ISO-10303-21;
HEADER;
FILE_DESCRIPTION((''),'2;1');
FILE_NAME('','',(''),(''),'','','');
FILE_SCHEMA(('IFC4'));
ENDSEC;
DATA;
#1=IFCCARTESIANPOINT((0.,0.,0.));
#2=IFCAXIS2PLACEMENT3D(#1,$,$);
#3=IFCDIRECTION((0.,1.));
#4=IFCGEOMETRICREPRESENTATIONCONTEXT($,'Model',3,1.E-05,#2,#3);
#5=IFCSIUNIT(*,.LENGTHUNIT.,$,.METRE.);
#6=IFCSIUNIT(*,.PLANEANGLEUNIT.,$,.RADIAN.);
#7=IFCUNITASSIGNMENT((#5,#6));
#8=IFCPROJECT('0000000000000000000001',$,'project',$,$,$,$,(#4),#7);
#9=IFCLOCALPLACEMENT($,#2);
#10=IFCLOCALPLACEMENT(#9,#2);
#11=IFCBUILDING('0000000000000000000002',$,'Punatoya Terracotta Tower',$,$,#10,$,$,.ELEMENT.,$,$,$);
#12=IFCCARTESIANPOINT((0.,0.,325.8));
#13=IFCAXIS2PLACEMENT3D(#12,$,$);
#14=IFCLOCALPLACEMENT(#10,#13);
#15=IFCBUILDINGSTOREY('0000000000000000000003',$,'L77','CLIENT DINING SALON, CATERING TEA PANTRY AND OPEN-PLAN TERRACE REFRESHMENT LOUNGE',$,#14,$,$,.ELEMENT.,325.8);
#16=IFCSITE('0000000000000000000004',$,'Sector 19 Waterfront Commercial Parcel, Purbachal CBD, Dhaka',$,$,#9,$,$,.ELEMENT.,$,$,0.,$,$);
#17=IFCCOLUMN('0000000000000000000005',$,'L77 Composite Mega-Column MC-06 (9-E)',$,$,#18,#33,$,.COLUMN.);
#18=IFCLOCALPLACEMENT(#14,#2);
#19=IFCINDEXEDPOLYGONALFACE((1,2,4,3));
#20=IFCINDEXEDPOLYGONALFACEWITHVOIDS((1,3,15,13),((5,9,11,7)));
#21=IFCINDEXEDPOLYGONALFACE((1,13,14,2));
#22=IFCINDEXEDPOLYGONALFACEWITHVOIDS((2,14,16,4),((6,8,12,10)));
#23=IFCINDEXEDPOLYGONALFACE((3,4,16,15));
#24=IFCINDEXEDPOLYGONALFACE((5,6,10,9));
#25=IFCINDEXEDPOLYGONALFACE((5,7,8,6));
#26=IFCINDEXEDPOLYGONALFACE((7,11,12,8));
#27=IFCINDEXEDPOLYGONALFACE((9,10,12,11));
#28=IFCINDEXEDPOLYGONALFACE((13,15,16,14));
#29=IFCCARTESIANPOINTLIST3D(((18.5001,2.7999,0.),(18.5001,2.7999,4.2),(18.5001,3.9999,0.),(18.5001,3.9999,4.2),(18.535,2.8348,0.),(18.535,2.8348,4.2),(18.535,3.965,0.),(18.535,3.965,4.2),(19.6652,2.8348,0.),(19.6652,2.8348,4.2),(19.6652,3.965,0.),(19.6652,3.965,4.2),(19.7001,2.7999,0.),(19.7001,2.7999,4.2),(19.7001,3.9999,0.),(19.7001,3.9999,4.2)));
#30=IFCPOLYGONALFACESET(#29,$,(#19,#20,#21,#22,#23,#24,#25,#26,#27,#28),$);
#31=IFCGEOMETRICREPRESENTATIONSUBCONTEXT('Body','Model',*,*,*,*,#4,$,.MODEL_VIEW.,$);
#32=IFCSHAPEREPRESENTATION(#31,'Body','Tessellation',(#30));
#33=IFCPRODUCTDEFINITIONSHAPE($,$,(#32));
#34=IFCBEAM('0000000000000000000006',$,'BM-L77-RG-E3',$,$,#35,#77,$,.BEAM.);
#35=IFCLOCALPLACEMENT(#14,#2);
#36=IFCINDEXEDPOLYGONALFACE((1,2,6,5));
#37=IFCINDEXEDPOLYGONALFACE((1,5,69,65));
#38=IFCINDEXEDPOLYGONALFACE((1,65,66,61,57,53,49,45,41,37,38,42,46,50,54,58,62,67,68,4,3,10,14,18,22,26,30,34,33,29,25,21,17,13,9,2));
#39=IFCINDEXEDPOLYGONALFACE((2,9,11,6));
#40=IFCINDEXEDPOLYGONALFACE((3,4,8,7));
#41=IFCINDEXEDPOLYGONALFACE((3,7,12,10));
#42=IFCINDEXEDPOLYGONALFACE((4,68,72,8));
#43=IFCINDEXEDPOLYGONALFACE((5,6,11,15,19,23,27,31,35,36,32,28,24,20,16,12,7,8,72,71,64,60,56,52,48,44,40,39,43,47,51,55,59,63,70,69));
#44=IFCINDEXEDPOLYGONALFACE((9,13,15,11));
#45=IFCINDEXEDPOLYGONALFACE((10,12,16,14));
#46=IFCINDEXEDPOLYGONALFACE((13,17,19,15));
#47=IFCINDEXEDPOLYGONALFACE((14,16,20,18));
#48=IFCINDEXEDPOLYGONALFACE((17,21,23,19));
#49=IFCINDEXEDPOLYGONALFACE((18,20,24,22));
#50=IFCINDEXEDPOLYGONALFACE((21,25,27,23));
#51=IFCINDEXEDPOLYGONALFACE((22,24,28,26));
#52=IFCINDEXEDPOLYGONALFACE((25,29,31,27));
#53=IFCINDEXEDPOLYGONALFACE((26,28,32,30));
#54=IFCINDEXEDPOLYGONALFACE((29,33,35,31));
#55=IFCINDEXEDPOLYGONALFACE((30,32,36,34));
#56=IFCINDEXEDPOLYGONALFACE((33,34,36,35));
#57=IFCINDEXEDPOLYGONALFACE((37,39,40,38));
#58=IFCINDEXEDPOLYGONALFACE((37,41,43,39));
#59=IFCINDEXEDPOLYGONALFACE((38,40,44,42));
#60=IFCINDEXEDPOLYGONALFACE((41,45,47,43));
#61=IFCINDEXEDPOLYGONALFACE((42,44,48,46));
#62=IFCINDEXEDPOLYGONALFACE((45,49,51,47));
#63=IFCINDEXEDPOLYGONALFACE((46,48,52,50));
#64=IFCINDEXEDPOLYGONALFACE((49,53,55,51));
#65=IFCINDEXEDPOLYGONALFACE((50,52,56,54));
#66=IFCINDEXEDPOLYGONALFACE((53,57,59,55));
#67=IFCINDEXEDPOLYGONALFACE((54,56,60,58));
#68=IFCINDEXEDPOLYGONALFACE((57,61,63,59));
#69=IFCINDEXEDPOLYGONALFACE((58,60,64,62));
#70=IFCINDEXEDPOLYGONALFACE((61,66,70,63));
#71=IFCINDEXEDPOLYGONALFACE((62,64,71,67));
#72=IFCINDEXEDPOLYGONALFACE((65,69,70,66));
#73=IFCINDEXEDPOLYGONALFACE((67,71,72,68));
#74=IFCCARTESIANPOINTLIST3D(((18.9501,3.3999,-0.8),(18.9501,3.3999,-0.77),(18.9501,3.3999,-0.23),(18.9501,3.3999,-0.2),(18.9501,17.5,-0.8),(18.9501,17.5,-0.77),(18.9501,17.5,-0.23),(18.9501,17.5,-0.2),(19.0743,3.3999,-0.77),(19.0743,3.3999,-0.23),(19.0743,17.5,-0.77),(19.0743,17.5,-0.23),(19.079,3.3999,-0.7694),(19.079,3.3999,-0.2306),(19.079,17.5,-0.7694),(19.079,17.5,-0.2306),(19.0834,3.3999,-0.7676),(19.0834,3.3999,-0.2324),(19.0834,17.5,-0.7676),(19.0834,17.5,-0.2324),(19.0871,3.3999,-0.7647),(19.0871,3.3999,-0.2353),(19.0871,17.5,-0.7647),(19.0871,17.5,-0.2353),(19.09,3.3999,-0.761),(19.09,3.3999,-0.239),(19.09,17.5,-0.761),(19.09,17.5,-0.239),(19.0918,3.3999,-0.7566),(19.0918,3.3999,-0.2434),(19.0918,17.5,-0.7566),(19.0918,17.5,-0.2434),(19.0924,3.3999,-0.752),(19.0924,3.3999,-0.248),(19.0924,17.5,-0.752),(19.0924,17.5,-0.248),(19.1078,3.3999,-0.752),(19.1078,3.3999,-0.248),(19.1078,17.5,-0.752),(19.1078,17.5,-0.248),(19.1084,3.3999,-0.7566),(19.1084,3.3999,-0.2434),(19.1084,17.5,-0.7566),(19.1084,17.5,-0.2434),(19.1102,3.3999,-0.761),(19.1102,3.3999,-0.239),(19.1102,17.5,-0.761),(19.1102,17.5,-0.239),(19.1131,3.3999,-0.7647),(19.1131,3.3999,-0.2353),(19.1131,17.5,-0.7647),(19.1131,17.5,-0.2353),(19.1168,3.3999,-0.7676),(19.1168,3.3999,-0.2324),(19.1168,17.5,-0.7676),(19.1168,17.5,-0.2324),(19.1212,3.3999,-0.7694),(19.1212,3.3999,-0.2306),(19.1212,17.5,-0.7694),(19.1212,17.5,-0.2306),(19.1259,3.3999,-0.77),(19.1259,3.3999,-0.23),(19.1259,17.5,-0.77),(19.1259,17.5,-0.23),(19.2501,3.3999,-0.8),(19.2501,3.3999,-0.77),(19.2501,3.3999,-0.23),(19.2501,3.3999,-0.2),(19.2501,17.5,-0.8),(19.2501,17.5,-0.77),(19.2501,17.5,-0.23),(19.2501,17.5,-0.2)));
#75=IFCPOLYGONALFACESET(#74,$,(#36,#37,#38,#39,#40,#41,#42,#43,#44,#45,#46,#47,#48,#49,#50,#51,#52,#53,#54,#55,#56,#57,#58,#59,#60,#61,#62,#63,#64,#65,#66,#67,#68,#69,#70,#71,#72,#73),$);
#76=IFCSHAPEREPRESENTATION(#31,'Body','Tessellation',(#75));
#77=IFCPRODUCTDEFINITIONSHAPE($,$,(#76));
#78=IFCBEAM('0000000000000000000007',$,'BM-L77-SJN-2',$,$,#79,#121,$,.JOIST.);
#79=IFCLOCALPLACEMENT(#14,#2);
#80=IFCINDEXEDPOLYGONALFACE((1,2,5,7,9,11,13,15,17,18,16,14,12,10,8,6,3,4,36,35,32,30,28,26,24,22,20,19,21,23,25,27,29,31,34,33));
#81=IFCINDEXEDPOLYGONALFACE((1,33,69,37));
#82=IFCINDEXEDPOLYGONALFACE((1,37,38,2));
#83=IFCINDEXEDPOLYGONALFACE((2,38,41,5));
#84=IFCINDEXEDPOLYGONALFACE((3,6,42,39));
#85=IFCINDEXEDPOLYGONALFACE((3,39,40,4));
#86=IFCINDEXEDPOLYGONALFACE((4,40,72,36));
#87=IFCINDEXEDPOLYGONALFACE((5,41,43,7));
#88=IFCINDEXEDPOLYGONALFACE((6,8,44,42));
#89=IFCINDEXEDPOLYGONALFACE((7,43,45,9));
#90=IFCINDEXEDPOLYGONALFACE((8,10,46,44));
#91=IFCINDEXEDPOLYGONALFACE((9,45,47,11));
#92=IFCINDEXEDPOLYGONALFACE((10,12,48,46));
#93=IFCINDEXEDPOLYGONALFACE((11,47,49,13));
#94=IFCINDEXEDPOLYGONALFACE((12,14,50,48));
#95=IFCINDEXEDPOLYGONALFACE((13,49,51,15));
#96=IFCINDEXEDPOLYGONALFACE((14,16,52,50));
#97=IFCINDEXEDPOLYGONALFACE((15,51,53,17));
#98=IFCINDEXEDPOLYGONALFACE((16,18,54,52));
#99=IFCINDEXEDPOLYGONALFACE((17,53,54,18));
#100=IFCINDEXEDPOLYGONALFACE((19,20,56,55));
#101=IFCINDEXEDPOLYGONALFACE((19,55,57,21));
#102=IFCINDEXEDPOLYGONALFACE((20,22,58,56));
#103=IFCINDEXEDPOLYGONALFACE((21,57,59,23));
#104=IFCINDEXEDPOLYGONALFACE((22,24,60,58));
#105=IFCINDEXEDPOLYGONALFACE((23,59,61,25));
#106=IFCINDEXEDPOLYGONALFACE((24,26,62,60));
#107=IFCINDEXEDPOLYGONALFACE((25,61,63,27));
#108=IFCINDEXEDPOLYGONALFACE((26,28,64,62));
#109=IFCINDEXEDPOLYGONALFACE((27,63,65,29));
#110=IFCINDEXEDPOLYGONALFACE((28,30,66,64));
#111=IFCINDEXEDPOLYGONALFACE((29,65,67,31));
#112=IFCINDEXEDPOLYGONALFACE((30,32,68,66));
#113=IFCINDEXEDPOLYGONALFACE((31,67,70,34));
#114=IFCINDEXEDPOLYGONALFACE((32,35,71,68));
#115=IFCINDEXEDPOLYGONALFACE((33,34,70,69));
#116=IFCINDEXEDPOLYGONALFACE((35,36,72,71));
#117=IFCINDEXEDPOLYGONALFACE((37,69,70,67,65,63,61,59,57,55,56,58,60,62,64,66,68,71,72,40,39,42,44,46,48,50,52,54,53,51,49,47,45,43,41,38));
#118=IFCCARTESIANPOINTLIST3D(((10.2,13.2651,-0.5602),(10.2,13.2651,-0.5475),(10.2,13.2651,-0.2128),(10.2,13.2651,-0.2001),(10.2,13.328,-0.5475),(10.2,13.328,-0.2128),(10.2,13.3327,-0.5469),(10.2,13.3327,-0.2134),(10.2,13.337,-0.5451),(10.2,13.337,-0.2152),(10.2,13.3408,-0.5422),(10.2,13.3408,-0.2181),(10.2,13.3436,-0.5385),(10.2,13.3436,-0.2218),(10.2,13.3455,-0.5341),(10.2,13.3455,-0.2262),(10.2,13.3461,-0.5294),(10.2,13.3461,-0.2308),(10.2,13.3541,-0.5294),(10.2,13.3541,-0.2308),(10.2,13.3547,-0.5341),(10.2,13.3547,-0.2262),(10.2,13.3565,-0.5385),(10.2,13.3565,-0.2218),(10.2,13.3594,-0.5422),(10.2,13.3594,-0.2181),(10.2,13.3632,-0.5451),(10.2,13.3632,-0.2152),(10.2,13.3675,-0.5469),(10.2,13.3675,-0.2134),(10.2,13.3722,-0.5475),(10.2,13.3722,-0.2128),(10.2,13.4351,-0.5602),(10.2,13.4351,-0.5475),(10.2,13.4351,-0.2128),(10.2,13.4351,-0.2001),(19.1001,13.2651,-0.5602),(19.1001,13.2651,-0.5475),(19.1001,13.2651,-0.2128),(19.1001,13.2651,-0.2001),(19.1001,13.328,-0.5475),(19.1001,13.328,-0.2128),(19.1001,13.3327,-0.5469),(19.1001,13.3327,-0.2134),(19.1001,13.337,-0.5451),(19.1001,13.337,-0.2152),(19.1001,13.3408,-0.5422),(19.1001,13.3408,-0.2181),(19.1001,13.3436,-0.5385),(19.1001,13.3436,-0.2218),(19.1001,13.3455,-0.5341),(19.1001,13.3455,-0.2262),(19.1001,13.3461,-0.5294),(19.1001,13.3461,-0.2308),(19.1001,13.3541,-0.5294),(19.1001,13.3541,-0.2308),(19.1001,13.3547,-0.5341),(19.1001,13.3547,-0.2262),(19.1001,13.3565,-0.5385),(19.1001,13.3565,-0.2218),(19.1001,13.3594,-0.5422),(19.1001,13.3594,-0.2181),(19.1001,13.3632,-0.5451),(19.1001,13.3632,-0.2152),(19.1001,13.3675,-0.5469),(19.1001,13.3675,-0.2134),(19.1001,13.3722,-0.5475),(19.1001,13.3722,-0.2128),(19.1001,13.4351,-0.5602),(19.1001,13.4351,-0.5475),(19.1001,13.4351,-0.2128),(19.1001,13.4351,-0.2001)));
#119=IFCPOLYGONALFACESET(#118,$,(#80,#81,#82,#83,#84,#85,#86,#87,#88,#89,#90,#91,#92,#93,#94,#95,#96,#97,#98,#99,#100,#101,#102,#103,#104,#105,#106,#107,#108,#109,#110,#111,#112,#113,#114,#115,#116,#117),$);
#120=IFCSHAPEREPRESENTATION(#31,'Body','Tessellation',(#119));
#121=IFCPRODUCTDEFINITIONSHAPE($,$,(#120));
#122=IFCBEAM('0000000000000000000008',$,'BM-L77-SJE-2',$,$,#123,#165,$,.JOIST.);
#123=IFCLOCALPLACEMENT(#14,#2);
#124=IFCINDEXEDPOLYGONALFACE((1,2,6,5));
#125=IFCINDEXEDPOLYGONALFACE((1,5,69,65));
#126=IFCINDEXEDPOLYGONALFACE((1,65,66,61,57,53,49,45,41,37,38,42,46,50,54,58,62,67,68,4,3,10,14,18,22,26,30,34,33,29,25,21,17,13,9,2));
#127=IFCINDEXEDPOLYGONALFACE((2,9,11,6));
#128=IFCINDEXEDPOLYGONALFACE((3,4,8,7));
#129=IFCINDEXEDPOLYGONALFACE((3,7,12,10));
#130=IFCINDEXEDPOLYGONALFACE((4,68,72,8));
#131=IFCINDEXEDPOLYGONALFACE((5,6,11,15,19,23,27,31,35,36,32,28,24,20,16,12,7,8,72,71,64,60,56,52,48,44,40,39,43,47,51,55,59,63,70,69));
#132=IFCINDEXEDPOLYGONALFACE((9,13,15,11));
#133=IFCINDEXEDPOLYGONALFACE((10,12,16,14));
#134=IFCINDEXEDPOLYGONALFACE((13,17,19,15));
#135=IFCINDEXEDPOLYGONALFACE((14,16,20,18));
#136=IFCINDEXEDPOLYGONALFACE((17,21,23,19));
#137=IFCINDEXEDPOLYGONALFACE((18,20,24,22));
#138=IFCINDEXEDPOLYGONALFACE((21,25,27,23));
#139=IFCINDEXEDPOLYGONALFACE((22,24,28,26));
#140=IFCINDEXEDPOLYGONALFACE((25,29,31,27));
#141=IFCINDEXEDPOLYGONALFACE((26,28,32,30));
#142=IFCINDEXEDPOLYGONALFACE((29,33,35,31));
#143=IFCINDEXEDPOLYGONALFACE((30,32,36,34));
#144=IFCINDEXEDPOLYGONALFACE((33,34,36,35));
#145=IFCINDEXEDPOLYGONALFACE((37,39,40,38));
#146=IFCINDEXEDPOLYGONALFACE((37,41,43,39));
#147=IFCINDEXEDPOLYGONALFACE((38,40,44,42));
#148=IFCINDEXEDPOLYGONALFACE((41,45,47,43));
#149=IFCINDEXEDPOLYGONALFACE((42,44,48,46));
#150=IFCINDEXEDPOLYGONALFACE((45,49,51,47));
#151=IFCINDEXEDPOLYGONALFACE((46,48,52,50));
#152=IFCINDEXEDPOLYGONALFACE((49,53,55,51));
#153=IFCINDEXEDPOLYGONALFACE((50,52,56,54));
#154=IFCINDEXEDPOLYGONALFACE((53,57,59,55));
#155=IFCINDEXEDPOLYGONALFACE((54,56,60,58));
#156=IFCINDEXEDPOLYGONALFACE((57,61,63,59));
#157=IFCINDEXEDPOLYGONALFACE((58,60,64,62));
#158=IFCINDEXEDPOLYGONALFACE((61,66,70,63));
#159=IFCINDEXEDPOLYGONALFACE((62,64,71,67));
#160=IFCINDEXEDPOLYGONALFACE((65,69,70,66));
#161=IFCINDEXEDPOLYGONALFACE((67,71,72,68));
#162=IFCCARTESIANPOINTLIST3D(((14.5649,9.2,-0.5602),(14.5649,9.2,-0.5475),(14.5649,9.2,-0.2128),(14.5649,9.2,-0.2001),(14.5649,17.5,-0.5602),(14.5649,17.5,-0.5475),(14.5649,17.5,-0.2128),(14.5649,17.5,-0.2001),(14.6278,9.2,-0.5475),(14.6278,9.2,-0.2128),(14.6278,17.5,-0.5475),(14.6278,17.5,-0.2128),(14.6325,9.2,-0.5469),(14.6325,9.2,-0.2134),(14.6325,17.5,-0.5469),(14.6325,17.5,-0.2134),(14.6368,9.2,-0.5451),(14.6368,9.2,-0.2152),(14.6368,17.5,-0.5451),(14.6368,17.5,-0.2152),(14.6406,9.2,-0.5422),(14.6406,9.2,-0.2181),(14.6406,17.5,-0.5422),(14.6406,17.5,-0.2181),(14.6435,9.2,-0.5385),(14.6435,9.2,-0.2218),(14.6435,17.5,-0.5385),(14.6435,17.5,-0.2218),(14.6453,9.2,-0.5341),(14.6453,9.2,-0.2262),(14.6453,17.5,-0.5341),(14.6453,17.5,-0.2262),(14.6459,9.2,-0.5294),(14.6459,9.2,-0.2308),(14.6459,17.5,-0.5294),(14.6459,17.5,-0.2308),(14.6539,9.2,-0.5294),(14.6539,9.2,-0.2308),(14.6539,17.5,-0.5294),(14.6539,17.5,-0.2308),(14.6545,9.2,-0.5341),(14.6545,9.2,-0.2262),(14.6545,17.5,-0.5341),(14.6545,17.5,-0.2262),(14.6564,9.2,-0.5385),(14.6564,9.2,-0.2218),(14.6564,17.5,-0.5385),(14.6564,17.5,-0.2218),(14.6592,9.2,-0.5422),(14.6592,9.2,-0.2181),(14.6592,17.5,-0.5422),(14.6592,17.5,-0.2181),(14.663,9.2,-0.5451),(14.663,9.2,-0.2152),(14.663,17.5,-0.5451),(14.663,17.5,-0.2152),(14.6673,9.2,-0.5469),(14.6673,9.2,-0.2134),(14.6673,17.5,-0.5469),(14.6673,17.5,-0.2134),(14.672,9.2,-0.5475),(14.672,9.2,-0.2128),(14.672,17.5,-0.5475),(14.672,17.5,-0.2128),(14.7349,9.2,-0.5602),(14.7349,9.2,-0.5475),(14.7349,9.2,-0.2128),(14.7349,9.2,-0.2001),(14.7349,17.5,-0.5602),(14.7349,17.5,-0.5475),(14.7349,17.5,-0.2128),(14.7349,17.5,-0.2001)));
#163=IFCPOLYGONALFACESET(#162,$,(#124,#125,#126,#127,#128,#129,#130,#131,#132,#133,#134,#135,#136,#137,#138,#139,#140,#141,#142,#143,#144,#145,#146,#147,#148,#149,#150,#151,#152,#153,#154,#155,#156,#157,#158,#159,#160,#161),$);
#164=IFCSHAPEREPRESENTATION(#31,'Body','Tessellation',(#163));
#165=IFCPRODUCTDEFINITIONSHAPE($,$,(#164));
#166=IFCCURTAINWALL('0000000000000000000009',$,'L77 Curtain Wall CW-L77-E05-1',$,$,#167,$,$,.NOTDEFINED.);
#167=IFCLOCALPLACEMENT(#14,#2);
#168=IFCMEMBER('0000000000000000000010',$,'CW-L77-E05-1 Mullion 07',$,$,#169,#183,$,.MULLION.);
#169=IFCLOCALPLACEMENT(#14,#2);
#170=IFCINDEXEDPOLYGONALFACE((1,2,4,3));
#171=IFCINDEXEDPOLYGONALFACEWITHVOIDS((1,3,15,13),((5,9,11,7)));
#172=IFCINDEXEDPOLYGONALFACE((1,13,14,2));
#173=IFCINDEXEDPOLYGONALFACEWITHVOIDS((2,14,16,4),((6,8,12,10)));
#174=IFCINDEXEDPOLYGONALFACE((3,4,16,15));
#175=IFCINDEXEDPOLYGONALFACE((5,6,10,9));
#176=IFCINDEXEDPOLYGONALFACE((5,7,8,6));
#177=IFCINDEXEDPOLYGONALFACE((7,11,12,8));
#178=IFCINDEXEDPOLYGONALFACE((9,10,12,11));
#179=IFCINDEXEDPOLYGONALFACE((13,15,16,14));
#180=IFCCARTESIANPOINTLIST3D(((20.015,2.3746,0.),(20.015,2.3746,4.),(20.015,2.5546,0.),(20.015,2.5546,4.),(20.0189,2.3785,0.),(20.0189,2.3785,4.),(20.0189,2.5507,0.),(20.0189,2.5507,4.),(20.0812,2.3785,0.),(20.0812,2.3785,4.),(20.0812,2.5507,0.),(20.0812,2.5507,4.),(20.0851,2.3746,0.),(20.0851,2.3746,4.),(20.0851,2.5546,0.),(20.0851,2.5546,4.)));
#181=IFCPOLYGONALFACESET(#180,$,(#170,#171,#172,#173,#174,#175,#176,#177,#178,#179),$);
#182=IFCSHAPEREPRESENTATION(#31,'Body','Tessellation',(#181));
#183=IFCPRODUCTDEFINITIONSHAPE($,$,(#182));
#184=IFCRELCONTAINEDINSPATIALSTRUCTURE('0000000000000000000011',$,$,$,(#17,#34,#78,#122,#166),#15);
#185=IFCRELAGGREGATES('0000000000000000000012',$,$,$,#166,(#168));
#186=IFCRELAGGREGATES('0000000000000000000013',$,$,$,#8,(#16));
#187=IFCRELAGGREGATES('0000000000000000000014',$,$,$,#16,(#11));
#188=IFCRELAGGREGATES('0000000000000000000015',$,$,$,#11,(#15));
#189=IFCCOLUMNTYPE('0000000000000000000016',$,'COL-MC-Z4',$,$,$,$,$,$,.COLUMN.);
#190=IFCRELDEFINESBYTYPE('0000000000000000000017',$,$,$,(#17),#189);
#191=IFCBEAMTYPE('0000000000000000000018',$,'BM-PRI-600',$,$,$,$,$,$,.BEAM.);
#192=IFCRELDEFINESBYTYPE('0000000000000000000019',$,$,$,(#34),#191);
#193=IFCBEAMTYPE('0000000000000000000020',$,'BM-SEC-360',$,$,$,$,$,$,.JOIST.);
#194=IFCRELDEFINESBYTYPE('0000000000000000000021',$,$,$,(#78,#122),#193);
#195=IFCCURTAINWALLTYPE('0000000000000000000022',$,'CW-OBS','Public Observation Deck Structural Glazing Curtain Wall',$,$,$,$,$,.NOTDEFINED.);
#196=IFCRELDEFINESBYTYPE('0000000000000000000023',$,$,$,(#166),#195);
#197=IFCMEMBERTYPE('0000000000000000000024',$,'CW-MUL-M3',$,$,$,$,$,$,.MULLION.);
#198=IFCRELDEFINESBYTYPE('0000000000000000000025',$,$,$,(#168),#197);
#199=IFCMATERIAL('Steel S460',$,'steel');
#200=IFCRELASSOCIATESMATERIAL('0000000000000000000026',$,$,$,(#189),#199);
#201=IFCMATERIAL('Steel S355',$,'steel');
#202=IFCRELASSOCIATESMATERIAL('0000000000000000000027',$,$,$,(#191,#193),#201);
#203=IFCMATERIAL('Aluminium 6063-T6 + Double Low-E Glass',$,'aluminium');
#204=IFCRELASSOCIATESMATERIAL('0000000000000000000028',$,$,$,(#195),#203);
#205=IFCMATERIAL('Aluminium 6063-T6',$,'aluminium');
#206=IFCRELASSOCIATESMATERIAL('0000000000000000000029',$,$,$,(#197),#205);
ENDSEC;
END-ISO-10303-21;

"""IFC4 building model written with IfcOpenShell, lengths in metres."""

from ifc_helpers import new_model, si_unit, direction, frame, origin, origin_2d, place, context, subcontext, project, spatial, hollow_rectangle, i_section, extrude, material, material_profile, profile_set, type_object, element, aggregate, save


model = new_model("IFC4")

# Units and contexts
model_context = context("Model", 3, precision=1e-05, world=origin(), true_north=direction((0.0, 1.0)))
body_context = subcontext(model_context, "Body", "Model", "MODEL_VIEW")
ifc_project = project(units=[si_unit("LENGTHUNIT", "METRE"), si_unit("PLANEANGLEUNIT", "RADIAN")], contexts=[model_context])

# Site, building, storey
site_placement = place(None, origin())
site = spatial("IfcSite", under=ifc_project, at=site_placement, Name="Sector 19 Waterfront Commercial Parcel, Purbachal CBD, Dhaka", CompositionType="ELEMENT", RefElevation=0.0)
building_placement = place(site_placement, origin())
building = spatial("IfcBuilding", under=site, at=building_placement, Name="Punatoya Terracotta Tower", CompositionType="ELEMENT")
storey_placement = place(building_placement, frame((0.0, 0.0, 325.8)))
storey = spatial("IfcBuildingStorey", under=building, at=storey_placement, Name="L77", Description="CLIENT DINING SALON, CATERING TEA PANTRY AND OPEN-PLAN TERRACE REFRESHMENT LOUNGE", CompositionType="ELEMENT", Elevation=325.8)

# Column
ifc_material_1 = material(Name="Steel S460", Category="steel")
ifc_material_profile_1 = material_profile(ifc_material_1, hollow_rectangle(XDim=1.2, YDim=1.2, WallThickness=0.0349, at=origin_2d()))
ifc_profile_set_1 = profile_set([ifc_material_profile_1], Name="Steel S460")
column_type = type_object("IfcColumnType", Name="COL-MC-Z4", PredefinedType="COLUMN", material=ifc_profile_set_1)
column_placement = place(storey_placement, frame((19.1001, 3.3999, 0.0), z_axis=(0.0, 0.0, 1.0), x_axis=(1.0, 0.0, 0.0)))
element("IfcColumn", 1, at=column_placement, inside=storey, type_object=column_type, Name="L77 Composite Mega-Column MC-06 (9-E)", PredefinedType="COLUMN", context=body_context, shape_type="SweptSolid", body=[
    extrude(hollow_rectangle(XDim=1.2, YDim=1.2, WallThickness=0.0349, at=origin_2d()), origin(), (0.0, 0.0, 1.0), 4.2),
])

# Beams
ifc_material_2 = material(Name="Steel S355", Category="steel")
ifc_material_profile_2 = material_profile(ifc_material_2, i_section(OverallWidth=0.3, OverallDepth=0.6001, WebThickness=0.0154, FlangeThickness=0.03, FilletRadius=0.0181, at=origin_2d()))
ifc_profile_set_2 = profile_set([ifc_material_profile_2], Name="Steel S355")
beam_type_1 = type_object("IfcBeamType", Name="BM-PRI-600", PredefinedType="BEAM", material=ifc_profile_set_2)
beam_1_placement = place(storey_placement, frame((19.1001, 3.3999, -0.5), z_axis=(0.0, 1.0, 0.0), x_axis=(-1.0, 0.0, 0.0)))
element("IfcBeam", 2, at=beam_1_placement, inside=storey, type_object=beam_type_1, Name="BM-L77-RG-E3", PredefinedType="BEAM", context=body_context, shape_type="SweptSolid", body=[
    extrude(i_section(OverallWidth=0.3, OverallDepth=0.6001, WebThickness=0.0154, FlangeThickness=0.03, FilletRadius=0.0181, at=origin_2d()), origin(), (0.0, 0.0, 1.0), 14.1001),
])
ifc_material_profile_3 = material_profile(ifc_material_2, i_section(OverallWidth=0.1699, OverallDepth=0.3601, WebThickness=0.0081, FlangeThickness=0.0127, FilletRadius=0.0181, at=origin_2d()))
ifc_profile_set_3 = profile_set([ifc_material_profile_3], Name="Steel S355")
beam_type_2 = type_object("IfcBeamType", Name="BM-SEC-360", PredefinedType="JOIST", material=ifc_profile_set_3)
beam_2_placement = place(storey_placement, frame((10.2, 13.3501, -0.3801), z_axis=(1.0, 0.0, 0.0), x_axis=(0.0, 1.0, 0.0)))
element("IfcBeam", 3, at=beam_2_placement, inside=storey, type_object=beam_type_2, Name="BM-L77-SJN-2", PredefinedType="JOIST", context=body_context, shape_type="SweptSolid", body=[
    extrude(i_section(OverallWidth=0.1699, OverallDepth=0.3601, WebThickness=0.0081, FlangeThickness=0.0127, FilletRadius=0.0181, at=origin_2d()), origin(), (0.0, 0.0, 1.0), 8.9001),
])
beam_3_placement = place(storey_placement, frame((14.6499, 9.2, -0.3801), z_axis=(0.0, 1.0, 0.0), x_axis=(-1.0, 0.0, 0.0)))
element("IfcBeam", 4, at=beam_3_placement, inside=storey, type_object=beam_type_2, Name="BM-L77-SJE-2", PredefinedType="JOIST", context=body_context, shape_type="SweptSolid", body=[
    extrude(i_section(OverallWidth=0.1699, OverallDepth=0.3601, WebThickness=0.0081, FlangeThickness=0.0127, FilletRadius=0.0181, at=origin_2d()), origin(), (0.0, 0.0, 1.0), 8.3),
])

# Curtain wall, member
ifc_material_3 = material(Name="Aluminium 6063-T6 + Double Low-E Glass", Category="aluminium")
curtain_wall_type = type_object("IfcCurtainWallType", Name="CW-OBS", Description="Public Observation Deck Structural Glazing Curtain Wall", PredefinedType="NOTDEFINED", material=ifc_material_3)
curtain_wall_1_placement = place(storey_placement, origin())
curtain_wall_1 = element("IfcCurtainWall", 5, at=curtain_wall_1_placement, inside=storey, type_object=curtain_wall_type, Name="L77 Curtain Wall CW-L77-E05-1", PredefinedType="NOTDEFINED")
ifc_material_4 = material(Name="Aluminium 6063-T6", Category="aluminium")
ifc_material_profile_4 = material_profile(ifc_material_4, hollow_rectangle(XDim=0.0701, YDim=0.1799, WallThickness=0.0039, at=origin_2d()))
ifc_profile_set_4 = profile_set([ifc_material_profile_4], Name="Aluminium 6063-T6")
member_type_1 = type_object("IfcMemberType", Name="CW-MUL-M3", PredefinedType="MULLION", material=ifc_profile_set_4)
member_1_placement = place(storey_placement, frame((20.05, 2.4646, 0.0), z_axis=(0.0, 0.0, 1.0), x_axis=(1.0, 0.0, 0.0)))
member_1 = element("IfcMember", 6, at=member_1_placement, type_object=member_type_1, Name="CW-L77-E05-1 Mullion 07", PredefinedType="MULLION", context=body_context, shape_type="SweptSolid", body=[
    extrude(hollow_rectangle(XDim=0.0701, YDim=0.1799, WallThickness=0.0039, at=origin_2d()), origin(), (0.0, 0.0, 1.0), 4.0),
])

aggregate(curtain_wall_1, [member_1])

save(model, "model.ifc")
